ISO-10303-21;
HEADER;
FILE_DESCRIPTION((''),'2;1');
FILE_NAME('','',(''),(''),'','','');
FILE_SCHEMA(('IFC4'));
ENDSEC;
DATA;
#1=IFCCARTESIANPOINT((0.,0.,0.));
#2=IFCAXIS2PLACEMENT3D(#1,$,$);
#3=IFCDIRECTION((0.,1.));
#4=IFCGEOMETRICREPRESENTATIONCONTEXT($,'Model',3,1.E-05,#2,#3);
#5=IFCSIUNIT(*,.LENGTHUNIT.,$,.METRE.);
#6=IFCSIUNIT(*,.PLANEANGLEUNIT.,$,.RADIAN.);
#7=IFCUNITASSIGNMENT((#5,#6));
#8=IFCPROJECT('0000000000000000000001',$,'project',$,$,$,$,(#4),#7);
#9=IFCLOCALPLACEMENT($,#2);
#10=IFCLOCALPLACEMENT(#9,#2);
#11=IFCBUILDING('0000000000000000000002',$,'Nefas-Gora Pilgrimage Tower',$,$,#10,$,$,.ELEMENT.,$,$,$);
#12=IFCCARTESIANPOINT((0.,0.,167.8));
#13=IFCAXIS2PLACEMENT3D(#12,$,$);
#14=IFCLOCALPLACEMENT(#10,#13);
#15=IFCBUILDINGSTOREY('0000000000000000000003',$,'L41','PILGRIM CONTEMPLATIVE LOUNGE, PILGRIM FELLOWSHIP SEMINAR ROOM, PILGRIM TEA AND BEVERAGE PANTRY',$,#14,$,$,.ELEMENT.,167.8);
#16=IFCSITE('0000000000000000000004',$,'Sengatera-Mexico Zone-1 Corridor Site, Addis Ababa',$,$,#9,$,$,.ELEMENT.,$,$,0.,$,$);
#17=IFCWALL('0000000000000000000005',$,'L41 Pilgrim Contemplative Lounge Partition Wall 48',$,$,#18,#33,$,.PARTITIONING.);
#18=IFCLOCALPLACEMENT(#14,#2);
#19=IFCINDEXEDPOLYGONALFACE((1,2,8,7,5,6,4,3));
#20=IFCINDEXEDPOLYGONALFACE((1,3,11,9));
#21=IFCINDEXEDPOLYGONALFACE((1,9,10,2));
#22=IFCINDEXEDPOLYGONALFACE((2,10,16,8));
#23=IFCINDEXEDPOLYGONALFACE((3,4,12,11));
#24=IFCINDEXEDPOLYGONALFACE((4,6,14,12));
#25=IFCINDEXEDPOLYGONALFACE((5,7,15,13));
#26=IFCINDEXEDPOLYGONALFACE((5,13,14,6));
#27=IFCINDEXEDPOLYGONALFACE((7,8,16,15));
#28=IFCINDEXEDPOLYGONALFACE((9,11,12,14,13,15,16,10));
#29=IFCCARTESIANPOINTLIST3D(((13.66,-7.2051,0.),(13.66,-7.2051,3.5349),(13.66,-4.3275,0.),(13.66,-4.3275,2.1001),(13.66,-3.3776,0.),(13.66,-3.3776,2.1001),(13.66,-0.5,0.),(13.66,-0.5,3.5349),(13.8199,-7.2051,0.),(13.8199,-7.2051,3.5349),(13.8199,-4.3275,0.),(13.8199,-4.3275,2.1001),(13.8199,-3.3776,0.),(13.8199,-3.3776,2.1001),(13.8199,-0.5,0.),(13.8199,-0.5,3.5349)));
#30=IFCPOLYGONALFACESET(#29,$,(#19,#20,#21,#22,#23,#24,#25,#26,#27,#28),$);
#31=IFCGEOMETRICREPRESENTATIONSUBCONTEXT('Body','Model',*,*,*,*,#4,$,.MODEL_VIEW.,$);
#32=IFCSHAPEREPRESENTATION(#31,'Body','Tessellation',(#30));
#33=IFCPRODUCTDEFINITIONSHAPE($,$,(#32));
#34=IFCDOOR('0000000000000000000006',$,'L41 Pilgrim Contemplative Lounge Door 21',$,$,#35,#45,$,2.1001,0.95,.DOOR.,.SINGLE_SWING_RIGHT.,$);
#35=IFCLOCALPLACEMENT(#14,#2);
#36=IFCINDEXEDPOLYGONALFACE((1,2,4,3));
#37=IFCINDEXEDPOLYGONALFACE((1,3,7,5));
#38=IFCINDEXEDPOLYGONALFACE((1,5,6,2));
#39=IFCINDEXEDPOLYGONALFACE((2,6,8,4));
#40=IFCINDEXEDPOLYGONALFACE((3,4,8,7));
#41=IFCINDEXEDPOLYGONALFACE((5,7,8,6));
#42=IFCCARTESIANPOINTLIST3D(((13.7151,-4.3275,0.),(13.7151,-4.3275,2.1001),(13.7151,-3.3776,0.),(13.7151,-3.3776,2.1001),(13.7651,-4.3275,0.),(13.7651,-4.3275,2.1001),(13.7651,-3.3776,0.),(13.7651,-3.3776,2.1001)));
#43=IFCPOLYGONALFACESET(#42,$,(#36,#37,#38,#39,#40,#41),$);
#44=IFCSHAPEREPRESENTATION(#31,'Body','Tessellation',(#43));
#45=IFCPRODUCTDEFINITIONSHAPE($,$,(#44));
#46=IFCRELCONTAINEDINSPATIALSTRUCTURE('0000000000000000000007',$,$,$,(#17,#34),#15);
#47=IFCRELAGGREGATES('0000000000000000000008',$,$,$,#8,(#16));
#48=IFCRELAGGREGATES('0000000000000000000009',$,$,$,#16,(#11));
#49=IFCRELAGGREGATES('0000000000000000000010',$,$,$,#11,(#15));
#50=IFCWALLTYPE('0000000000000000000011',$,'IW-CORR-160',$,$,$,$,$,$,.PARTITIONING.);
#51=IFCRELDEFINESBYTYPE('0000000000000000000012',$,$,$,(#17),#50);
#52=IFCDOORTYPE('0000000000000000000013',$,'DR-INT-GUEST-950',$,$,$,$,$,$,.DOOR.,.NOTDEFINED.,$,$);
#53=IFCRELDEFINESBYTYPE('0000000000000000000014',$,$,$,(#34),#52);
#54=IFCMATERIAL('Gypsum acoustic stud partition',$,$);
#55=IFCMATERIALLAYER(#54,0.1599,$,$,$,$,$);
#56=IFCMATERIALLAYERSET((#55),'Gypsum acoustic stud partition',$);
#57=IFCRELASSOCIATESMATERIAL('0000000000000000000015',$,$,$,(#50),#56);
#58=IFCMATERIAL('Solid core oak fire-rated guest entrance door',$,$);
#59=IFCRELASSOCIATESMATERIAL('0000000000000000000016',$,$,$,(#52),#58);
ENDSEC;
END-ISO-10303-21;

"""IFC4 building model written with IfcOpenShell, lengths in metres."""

from ifc_helpers import new_model, si_unit, direction, frame, frame_2d, origin, place, context, subcontext, project, spatial, rectangle, extrude, source, transform, mapped, material, layer, layer_set, type_object, element, fill, save


model = new_model("IFC4")

# Units and contexts
model_context = context("Model", 3, precision=1e-05, world=origin(), true_north=direction((0.0, 1.0)))
body_context = subcontext(model_context, "Body", "Model", "MODEL_VIEW")
ifc_project = project(units=[si_unit("LENGTHUNIT", "METRE"), si_unit("PLANEANGLEUNIT", "RADIAN")], contexts=[model_context])

# Site, building, storey
site_placement = place(None, origin())
site = spatial("IfcSite", under=ifc_project, at=site_placement, Name="Sengatera-Mexico Zone-1 Corridor Site, Addis Ababa", CompositionType="ELEMENT", RefElevation=0.0)
building_placement = place(site_placement, origin())
building = spatial("IfcBuilding", under=site, at=building_placement, Name="Nefas-Gora Pilgrimage Tower", CompositionType="ELEMENT")
storey_placement = place(building_placement, frame((0.0, 0.0, 167.8)))
storey = spatial("IfcBuildingStorey", under=building, at=storey_placement, Name="L41", Description="PILGRIM CONTEMPLATIVE LOUNGE, PILGRIM FELLOWSHIP SEMINAR ROOM, PILGRIM TEA AND BEVERAGE PANTRY", CompositionType="ELEMENT", Elevation=167.8)

# Wall, opening, door
ifc_material_1 = material(Name="Gypsum acoustic stud partition")
ifc_layer_1 = layer(ifc_material_1, 0.1599)
ifc_layer_set_1 = layer_set([ifc_layer_1], Name="Gypsum acoustic stud partition")
wall_type_1 = type_object("IfcWallType", Name="IW-CORR-160", PredefinedType="PARTITIONING", material=ifc_layer_set_1)
shared_shape_1 = source(origin(), body_context, "Body", "SweptSolid", [
    extrude(rectangle(XDim=6.7051, YDim=0.1599, at=frame_2d((3.3525, 0.0))), origin(), (0.0, 0.0, 1.0), 3.5349),
])
wall_1_placement = place(storey_placement, frame((13.74, -7.2051, 0.0), z_axis=(0.0, 0.0, 1.0), x_axis=(0.0, 1.0, 0.0)))
wall_1 = element("IfcWall", 1, at=wall_1_placement, inside=storey, type_object=wall_type_1, Name="L41 Pilgrim Contemplative Lounge Partition Wall 48", PredefinedType="PARTITIONING", context=body_context, shape_type="MappedRepresentation", body=[
    mapped(shared_shape_1, transform((0.0, 0.0, 0.0), x_axis=(1.0, 0.0, 0.0), y_axis=(0.0, 1.0, 0.0), z_axis=(0.0, 0.0, 1.0), scale=1.0)),
])
opening_1_placement = place(wall_1_placement, frame((2.8774, 0.0, 0.0)))
opening_1 = element("IfcOpeningElement", 2, at=opening_1_placement, cuts=wall_1, PredefinedType="OPENING", context=body_context, shape_type="SweptSolid", body=[
    extrude(rectangle(XDim=0.95, YDim=2.1001, at=frame_2d((0.4751, 1.05))), frame((0.0, 0.0898, 0.0), z_axis=(0.0, -1.0, 0.0), x_axis=(1.0, 0.0, 0.0)), (0.0, 0.0, 1.0), 0.1799),
])
ifc_material_2 = material(Name="Solid core oak fire-rated guest entrance door")
door_type_1 = type_object("IfcDoorType", Name="DR-INT-GUEST-950", OperationType="NOTDEFINED", PredefinedType="DOOR", material=ifc_material_2)
shared_shape_2 = source(origin(), body_context, "Body", "SweptSolid", [
    extrude(rectangle(XDim=0.95, YDim=2.1001, at=frame_2d((0.4751, 1.05))), frame((0.0, 0.0249, 0.0), z_axis=(0.0, -1.0, 0.0), x_axis=(1.0, 0.0, 0.0)), (0.0, 0.0, 1.0), 0.05),
])
door_1_placement = place(opening_1_placement, origin())
door_1 = element("IfcDoor", 3, at=door_1_placement, inside=storey, type_object=door_type_1, Name="L41 Pilgrim Contemplative Lounge Door 21", OperationType="SINGLE_SWING_RIGHT", OverallHeight=2.1001, OverallWidth=0.95, PredefinedType="DOOR", context=body_context, shape_type="MappedRepresentation", body=[
    mapped(shared_shape_2, transform((0.0, 0.0, 0.0), x_axis=(1.0, 0.0, 0.0), y_axis=(0.0, 1.0, 0.0), z_axis=(0.0, 0.0, 1.0), scale=1.0)),
])
fill(opening_1, door_1)

save(model, "model.ifc")
